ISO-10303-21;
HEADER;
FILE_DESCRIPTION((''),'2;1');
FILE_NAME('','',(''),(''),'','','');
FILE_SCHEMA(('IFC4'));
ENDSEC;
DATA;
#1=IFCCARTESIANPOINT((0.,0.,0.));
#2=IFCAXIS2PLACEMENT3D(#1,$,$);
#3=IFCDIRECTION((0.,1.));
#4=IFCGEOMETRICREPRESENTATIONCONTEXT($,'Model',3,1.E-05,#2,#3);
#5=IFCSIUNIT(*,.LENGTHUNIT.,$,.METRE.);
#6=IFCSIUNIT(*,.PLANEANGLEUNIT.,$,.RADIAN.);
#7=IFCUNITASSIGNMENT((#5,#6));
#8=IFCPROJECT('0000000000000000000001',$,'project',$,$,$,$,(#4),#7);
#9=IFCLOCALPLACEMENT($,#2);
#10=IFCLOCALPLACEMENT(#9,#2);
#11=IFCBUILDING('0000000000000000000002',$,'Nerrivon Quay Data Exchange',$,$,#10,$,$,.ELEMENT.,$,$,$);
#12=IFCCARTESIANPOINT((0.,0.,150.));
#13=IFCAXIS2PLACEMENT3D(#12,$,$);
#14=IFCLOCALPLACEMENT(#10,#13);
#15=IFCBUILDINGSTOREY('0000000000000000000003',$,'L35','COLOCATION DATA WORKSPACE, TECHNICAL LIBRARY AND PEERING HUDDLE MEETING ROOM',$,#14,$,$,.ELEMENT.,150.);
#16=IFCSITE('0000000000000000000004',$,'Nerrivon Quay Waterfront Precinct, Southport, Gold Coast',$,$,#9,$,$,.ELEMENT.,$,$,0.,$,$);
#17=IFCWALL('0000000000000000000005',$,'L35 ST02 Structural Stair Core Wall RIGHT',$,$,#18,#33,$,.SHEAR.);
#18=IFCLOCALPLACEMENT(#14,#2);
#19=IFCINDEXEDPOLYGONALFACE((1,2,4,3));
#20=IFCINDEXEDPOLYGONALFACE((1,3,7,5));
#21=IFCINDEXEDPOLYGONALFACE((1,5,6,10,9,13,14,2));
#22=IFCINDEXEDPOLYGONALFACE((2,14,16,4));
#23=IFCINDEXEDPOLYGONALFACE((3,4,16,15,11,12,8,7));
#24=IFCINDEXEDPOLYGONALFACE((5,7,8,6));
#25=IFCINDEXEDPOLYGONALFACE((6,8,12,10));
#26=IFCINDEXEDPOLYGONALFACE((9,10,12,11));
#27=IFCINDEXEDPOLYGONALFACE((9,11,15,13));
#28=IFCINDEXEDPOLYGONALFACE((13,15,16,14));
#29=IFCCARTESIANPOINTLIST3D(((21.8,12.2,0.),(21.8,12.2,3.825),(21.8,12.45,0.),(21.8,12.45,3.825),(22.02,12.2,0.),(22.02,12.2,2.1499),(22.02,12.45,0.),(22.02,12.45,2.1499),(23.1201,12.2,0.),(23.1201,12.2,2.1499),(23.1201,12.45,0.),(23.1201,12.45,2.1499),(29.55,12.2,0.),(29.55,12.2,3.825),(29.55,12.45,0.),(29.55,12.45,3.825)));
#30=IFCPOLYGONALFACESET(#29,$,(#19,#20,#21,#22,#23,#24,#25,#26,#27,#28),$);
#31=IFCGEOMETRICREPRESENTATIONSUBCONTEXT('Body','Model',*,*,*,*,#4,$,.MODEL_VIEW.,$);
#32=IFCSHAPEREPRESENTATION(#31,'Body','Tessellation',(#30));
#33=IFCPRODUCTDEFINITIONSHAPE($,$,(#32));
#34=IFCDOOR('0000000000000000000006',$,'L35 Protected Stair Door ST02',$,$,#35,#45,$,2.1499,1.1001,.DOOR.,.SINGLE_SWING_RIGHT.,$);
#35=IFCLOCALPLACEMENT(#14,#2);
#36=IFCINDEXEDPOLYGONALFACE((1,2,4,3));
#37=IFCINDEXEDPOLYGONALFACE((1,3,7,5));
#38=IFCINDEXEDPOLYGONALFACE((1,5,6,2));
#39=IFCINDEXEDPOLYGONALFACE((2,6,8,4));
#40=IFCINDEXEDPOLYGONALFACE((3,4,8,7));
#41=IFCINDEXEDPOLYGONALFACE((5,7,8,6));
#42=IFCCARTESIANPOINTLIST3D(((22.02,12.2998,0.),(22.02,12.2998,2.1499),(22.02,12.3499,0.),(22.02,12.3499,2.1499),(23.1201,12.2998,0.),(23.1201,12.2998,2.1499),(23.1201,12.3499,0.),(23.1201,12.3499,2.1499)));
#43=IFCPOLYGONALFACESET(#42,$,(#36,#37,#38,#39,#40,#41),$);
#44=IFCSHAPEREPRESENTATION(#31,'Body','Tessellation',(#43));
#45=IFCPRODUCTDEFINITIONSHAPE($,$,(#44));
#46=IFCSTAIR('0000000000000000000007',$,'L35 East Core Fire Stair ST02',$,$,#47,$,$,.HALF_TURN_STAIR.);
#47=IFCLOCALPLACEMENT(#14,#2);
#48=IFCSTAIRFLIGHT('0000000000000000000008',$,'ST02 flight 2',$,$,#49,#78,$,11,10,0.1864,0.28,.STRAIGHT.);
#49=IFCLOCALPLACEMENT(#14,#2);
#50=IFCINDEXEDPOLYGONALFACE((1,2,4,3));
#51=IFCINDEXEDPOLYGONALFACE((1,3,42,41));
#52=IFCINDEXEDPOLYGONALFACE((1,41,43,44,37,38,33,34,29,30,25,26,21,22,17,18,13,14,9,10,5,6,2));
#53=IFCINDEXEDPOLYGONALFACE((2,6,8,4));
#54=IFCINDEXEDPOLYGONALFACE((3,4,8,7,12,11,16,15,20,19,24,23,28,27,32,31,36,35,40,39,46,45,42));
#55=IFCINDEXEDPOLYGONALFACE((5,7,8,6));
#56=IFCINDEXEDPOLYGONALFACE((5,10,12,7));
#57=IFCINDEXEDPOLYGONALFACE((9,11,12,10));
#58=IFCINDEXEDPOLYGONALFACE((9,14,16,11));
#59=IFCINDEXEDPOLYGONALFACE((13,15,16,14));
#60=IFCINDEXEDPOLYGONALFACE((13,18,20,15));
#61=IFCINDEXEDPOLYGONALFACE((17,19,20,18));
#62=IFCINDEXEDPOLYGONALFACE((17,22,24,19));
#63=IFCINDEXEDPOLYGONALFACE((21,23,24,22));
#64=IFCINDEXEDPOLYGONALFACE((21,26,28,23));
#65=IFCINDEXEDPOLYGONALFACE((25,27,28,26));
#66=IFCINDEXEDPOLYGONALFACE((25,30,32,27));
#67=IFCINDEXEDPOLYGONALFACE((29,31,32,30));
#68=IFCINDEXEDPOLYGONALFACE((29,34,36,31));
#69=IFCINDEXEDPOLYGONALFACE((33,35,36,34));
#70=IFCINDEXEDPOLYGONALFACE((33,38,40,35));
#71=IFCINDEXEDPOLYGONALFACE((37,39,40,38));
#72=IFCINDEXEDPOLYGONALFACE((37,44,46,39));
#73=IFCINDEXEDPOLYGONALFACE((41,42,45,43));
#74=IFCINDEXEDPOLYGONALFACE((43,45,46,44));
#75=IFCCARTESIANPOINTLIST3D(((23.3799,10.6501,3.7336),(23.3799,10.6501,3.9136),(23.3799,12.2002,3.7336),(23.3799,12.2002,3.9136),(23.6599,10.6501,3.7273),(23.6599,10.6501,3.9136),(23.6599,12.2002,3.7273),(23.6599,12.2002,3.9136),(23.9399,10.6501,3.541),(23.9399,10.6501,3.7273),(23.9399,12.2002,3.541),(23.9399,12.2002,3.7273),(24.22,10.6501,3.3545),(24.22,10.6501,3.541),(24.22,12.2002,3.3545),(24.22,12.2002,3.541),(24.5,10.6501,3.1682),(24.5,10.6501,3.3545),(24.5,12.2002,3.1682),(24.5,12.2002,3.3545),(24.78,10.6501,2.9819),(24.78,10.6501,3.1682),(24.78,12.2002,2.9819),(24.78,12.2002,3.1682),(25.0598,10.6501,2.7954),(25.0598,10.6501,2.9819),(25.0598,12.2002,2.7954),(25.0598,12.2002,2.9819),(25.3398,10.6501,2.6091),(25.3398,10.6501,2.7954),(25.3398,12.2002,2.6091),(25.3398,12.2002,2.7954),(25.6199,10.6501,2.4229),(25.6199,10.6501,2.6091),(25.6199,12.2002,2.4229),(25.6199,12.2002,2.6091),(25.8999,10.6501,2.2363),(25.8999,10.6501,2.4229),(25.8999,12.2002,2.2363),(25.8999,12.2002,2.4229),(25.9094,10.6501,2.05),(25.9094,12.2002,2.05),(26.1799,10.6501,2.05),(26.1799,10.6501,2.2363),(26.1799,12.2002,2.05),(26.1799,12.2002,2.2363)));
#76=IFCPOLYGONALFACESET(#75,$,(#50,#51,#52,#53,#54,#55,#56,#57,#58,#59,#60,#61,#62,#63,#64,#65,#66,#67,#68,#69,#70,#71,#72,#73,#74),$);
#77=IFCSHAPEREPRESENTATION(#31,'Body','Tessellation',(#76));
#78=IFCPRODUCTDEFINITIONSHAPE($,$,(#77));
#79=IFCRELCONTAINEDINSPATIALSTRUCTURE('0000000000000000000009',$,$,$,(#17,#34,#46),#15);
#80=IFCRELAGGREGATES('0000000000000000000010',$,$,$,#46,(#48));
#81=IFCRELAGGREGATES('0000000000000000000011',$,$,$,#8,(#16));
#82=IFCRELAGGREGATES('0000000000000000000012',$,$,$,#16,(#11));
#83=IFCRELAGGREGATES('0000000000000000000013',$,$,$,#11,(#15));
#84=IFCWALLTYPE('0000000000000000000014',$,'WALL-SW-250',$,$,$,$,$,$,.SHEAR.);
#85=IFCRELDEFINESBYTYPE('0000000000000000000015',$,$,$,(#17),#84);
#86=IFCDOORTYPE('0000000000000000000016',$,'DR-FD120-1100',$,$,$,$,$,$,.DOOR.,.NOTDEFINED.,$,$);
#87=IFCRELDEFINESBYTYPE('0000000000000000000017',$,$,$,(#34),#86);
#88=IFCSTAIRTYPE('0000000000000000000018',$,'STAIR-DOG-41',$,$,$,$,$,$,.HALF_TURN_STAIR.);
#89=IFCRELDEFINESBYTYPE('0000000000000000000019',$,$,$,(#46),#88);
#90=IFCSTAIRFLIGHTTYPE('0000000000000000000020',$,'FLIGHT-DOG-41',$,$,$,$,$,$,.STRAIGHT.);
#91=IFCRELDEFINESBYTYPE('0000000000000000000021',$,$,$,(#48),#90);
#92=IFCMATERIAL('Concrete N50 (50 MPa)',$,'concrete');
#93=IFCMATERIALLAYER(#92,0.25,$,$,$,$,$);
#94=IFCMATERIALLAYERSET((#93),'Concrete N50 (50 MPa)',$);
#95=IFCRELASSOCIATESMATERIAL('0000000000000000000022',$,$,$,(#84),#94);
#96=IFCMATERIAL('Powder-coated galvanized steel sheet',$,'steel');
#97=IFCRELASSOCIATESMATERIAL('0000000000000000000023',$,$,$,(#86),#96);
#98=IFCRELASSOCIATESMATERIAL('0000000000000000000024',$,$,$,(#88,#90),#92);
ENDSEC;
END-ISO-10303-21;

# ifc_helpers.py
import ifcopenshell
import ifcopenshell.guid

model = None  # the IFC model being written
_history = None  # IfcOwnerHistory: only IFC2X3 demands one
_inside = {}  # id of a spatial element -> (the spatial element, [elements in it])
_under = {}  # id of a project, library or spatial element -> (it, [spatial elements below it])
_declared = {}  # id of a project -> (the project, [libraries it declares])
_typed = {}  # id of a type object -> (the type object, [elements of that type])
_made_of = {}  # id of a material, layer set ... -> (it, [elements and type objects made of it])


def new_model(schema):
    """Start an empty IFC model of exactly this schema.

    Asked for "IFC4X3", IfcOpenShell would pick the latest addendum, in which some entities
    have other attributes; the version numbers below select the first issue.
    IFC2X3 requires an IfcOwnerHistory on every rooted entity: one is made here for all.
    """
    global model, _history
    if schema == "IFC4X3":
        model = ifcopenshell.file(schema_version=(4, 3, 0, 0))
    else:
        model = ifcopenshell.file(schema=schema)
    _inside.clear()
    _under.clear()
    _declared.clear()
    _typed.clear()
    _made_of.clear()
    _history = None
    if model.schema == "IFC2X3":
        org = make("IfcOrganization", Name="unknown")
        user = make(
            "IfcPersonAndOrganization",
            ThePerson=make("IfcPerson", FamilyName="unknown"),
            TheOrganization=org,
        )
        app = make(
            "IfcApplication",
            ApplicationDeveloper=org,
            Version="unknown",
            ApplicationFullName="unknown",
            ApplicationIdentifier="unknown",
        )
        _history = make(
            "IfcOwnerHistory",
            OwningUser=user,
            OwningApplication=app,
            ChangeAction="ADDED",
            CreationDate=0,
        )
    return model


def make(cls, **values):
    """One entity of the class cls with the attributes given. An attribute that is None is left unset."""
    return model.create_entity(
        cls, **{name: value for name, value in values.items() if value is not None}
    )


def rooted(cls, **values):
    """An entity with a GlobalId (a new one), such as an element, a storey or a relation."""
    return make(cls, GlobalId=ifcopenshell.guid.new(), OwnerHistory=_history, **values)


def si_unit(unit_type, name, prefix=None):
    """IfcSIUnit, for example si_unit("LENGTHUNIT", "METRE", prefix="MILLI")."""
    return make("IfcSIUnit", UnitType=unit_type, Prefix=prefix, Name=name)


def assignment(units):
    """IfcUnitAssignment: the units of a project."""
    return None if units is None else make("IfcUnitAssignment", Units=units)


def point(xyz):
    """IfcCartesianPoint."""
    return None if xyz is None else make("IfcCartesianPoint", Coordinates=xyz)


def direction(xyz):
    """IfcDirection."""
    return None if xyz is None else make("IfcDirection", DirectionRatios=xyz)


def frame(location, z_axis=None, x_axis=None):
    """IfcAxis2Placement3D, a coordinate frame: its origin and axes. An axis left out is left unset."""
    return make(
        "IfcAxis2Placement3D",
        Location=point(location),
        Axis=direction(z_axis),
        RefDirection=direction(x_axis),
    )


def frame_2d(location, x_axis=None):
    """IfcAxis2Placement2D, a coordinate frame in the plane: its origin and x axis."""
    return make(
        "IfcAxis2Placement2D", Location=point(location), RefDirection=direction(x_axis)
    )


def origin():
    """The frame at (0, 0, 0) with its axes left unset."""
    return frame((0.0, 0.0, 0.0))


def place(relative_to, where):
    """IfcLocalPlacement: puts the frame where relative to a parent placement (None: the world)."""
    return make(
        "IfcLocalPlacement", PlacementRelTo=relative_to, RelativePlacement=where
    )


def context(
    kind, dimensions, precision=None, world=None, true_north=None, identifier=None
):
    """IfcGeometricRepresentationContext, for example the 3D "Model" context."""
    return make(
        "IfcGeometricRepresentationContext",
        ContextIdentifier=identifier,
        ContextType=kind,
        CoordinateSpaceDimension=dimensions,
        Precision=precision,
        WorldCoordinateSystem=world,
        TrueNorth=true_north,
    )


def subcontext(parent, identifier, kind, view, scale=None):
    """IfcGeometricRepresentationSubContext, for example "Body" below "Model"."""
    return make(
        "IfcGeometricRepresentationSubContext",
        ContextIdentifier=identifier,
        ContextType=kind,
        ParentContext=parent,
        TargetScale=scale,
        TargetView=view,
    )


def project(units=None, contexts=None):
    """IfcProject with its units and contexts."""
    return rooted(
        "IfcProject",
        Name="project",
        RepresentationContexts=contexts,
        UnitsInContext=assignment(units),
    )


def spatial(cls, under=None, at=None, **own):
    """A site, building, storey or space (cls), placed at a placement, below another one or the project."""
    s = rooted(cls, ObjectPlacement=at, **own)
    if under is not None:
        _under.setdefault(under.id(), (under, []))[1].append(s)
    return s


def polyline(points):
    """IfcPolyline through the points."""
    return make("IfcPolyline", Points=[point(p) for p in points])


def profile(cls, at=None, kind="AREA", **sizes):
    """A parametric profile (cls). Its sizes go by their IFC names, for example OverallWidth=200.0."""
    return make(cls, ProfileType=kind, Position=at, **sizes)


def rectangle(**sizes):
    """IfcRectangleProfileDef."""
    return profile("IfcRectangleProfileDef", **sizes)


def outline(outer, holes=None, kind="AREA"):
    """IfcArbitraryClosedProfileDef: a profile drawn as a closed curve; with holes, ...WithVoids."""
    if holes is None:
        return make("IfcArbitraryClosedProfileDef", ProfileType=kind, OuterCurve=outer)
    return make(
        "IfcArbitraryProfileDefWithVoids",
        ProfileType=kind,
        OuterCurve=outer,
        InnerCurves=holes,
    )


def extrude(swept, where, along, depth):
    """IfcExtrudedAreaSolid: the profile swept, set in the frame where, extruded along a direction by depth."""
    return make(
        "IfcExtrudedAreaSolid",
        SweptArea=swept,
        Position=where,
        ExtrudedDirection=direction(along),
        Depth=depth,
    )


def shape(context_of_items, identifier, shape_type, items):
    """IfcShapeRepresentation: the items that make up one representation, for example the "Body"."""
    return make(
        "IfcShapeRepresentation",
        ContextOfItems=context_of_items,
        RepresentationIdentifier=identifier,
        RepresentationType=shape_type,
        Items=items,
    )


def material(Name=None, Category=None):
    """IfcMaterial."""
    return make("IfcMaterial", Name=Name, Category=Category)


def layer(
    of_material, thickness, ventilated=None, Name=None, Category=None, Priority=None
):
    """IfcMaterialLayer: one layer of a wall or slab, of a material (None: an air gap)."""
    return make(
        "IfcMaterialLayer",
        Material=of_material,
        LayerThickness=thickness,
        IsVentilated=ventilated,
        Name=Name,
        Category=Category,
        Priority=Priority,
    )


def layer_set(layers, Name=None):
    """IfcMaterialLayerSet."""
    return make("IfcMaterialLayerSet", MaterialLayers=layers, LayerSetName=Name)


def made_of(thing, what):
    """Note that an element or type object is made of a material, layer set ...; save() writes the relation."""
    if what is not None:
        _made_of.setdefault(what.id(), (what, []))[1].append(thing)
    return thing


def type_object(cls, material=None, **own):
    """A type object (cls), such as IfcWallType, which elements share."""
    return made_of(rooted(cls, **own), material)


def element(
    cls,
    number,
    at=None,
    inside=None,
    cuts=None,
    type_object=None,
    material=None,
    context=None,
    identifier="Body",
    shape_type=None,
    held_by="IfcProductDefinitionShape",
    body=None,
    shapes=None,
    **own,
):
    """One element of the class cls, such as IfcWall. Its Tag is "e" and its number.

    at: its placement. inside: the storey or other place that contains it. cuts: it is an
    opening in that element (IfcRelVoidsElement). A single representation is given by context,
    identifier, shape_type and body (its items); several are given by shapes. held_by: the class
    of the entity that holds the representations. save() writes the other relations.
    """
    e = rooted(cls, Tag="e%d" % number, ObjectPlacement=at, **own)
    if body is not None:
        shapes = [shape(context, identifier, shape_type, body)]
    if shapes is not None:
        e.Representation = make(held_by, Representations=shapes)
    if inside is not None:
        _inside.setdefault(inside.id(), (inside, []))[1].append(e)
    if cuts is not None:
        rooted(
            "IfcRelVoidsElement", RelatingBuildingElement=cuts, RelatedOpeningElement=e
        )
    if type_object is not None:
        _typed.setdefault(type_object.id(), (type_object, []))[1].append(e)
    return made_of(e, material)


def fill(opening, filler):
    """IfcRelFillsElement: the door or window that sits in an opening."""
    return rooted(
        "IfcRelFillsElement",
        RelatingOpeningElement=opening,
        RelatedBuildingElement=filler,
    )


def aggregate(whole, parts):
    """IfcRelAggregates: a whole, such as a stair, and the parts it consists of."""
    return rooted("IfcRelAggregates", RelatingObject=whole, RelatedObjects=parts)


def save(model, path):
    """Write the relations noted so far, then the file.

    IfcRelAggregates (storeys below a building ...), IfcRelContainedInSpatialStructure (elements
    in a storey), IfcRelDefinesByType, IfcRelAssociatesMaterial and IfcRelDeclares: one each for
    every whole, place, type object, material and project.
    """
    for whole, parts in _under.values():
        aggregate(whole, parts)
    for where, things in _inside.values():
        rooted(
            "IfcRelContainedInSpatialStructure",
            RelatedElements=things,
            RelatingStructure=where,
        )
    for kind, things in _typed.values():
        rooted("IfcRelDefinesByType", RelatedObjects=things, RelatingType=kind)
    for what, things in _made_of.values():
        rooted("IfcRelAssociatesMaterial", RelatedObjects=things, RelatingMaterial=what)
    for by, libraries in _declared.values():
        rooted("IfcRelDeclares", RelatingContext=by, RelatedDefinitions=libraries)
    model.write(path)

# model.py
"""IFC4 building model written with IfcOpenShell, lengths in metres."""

from ifc_helpers import new_model, si_unit, direction, frame, frame_2d, origin, place, context, subcontext, project, spatial, polyline, rectangle, outline, extrude, material, layer, layer_set, type_object, element, fill, aggregate, save


model = new_model("IFC4")

# Units and contexts
model_context = context("Model", 3, precision=1e-05, world=origin(), true_north=direction((0.0, 1.0)))
body_context = subcontext(model_context, "Body", "Model", "MODEL_VIEW")
ifc_project = project(units=[si_unit("LENGTHUNIT", "METRE"), si_unit("PLANEANGLEUNIT", "RADIAN")], contexts=[model_context])

# Site, building, storey
site_placement = place(None, origin())
site = spatial("IfcSite", under=ifc_project, at=site_placement, Name="Nerrivon Quay Waterfront Precinct, Southport, Gold Coast", CompositionType="ELEMENT", RefElevation=0.0)
building_placement = place(site_placement, origin())
building = spatial("IfcBuilding", under=site, at=building_placement, Name="Nerrivon Quay Data Exchange", CompositionType="ELEMENT")
storey_placement = place(building_placement, frame((0.0, 0.0, 150.0)))
storey = spatial("IfcBuildingStorey", under=building, at=storey_placement, Name="L35", Description="COLOCATION DATA WORKSPACE, TECHNICAL LIBRARY AND PEERING HUDDLE MEETING ROOM", CompositionType="ELEMENT", Elevation=150.0)

# Shared definitions
ifc_material_1 = material(Name="Powder-coated galvanized steel sheet", Category="steel")

# Wall, opening, door
ifc_material_2 = material(Name="Concrete N50 (50 MPa)", Category="concrete")
ifc_layer_1 = layer(ifc_material_2, 0.25)
ifc_layer_set_1 = layer_set([ifc_layer_1], Name="Concrete N50 (50 MPa)")
wall_type_1 = type_object("IfcWallType", Name="WALL-SW-250", PredefinedType="SHEAR", material=ifc_layer_set_1)
wall_1_placement = place(storey_placement, frame((21.8, 12.325, 0.0), z_axis=(0.0, 0.0, 1.0), x_axis=(1.0, 0.0, 0.0)))
wall_1 = element("IfcWall", 1, at=wall_1_placement, inside=storey, type_object=wall_type_1, Name="L35 ST02 Structural Stair Core Wall RIGHT", PredefinedType="SHEAR", context=body_context, shape_type="SweptSolid", body=[
    extrude(rectangle(XDim=7.75, YDim=0.25, at=frame_2d((3.875, 0.0))), origin(), (0.0, 0.0, 1.0), 3.825),
])
opening_1_placement = place(wall_1_placement, frame((0.22, 0.0, 0.0)))
opening_1 = element("IfcOpeningElement", 2, at=opening_1_placement, cuts=wall_1, PredefinedType="OPENING", context=body_context, shape_type="SweptSolid", body=[
    extrude(rectangle(XDim=1.1001, YDim=2.1499, at=frame_2d((0.55, 1.075))), frame((0.0, 0.135, 0.0), z_axis=(0.0, -1.0, 0.0), x_axis=(1.0, 0.0, 0.0)), (0.0, 0.0, 1.0), 0.27),
])
door_type_1 = type_object("IfcDoorType", Name="DR-FD120-1100", OperationType="NOTDEFINED", PredefinedType="DOOR", material=ifc_material_1)
door_1_placement = place(opening_1_placement, origin())
door_1 = element("IfcDoor", 3, at=door_1_placement, inside=storey, type_object=door_type_1, Name="L35 Protected Stair Door ST02", OperationType="SINGLE_SWING_RIGHT", OverallHeight=2.1499, OverallWidth=1.1001, PredefinedType="DOOR", context=body_context, shape_type="SweptSolid", body=[
    extrude(rectangle(XDim=1.1001, YDim=2.1499, at=frame_2d((0.55, 1.075))), frame((0.0, 0.0249, 0.0), z_axis=(0.0, -1.0, 0.0), x_axis=(1.0, 0.0, 0.0)), (0.0, 0.0, 1.0), 0.05),
])
fill(opening_1, door_1)

# Stair, stair flight
stair_type = type_object("IfcStairType", Name="STAIR-DOG-41", PredefinedType="HALF_TURN_STAIR", material=ifc_material_2)
stair_placement = place(storey_placement, origin())
stair = element("IfcStair", 4, at=stair_placement, inside=storey, type_object=stair_type, Name="L35 East Core Fire Stair ST02", PredefinedType="HALF_TURN_STAIR")
stair_flight_type = type_object("IfcStairFlightType", Name="FLIGHT-DOG-41", PredefinedType="STRAIGHT", material=ifc_material_2)
stair_flight_placement = place(storey_placement, frame((26.1799, 11.425, 2.05), z_axis=(0.0, 0.0, 1.0), x_axis=(-1.0, 0.0, 0.0)))
stair_flight = element("IfcStairFlight", 5, at=stair_flight_placement, type_object=stair_flight_type, Name="ST02 flight 2", NumberOfRisers=11, NumberOfTreads=10, PredefinedType="STRAIGHT", RiserHeight=0.1864, TreadLength=0.28, context=body_context, shape_type="SweptSolid", body=[
    extrude(outline(polyline([(0.0, 0.0), (0.0, 0.1863), (0.28, 0.1863), (0.28, 0.3728), (0.5601, 0.3728), (0.5601, 0.5591), (0.8401, 0.5591), (0.8401, 0.7454), (1.1201, 0.7454), (1.1201, 0.9319), (1.3999, 0.9319), (1.3999, 1.1182), (1.6799, 1.1182), (1.6799, 1.3044), (1.96, 1.3044), (1.96, 1.491), (2.24, 1.491), (2.24, 1.6772), (2.52, 1.6772), (2.52, 1.8635), (2.8, 1.8635), (2.8, 2.05), (2.8, 1.6836), (0.2705, 0.0), (0.0, 0.0)])), frame((0.0, 0.7749, 0.0), z_axis=(0.0, -1.0, 0.0), x_axis=(1.0, 0.0, 0.0)), (0.0, 0.0, 1.0), 1.55),
])
aggregate(stair, [stair_flight])

save(model, "model.ifc")
